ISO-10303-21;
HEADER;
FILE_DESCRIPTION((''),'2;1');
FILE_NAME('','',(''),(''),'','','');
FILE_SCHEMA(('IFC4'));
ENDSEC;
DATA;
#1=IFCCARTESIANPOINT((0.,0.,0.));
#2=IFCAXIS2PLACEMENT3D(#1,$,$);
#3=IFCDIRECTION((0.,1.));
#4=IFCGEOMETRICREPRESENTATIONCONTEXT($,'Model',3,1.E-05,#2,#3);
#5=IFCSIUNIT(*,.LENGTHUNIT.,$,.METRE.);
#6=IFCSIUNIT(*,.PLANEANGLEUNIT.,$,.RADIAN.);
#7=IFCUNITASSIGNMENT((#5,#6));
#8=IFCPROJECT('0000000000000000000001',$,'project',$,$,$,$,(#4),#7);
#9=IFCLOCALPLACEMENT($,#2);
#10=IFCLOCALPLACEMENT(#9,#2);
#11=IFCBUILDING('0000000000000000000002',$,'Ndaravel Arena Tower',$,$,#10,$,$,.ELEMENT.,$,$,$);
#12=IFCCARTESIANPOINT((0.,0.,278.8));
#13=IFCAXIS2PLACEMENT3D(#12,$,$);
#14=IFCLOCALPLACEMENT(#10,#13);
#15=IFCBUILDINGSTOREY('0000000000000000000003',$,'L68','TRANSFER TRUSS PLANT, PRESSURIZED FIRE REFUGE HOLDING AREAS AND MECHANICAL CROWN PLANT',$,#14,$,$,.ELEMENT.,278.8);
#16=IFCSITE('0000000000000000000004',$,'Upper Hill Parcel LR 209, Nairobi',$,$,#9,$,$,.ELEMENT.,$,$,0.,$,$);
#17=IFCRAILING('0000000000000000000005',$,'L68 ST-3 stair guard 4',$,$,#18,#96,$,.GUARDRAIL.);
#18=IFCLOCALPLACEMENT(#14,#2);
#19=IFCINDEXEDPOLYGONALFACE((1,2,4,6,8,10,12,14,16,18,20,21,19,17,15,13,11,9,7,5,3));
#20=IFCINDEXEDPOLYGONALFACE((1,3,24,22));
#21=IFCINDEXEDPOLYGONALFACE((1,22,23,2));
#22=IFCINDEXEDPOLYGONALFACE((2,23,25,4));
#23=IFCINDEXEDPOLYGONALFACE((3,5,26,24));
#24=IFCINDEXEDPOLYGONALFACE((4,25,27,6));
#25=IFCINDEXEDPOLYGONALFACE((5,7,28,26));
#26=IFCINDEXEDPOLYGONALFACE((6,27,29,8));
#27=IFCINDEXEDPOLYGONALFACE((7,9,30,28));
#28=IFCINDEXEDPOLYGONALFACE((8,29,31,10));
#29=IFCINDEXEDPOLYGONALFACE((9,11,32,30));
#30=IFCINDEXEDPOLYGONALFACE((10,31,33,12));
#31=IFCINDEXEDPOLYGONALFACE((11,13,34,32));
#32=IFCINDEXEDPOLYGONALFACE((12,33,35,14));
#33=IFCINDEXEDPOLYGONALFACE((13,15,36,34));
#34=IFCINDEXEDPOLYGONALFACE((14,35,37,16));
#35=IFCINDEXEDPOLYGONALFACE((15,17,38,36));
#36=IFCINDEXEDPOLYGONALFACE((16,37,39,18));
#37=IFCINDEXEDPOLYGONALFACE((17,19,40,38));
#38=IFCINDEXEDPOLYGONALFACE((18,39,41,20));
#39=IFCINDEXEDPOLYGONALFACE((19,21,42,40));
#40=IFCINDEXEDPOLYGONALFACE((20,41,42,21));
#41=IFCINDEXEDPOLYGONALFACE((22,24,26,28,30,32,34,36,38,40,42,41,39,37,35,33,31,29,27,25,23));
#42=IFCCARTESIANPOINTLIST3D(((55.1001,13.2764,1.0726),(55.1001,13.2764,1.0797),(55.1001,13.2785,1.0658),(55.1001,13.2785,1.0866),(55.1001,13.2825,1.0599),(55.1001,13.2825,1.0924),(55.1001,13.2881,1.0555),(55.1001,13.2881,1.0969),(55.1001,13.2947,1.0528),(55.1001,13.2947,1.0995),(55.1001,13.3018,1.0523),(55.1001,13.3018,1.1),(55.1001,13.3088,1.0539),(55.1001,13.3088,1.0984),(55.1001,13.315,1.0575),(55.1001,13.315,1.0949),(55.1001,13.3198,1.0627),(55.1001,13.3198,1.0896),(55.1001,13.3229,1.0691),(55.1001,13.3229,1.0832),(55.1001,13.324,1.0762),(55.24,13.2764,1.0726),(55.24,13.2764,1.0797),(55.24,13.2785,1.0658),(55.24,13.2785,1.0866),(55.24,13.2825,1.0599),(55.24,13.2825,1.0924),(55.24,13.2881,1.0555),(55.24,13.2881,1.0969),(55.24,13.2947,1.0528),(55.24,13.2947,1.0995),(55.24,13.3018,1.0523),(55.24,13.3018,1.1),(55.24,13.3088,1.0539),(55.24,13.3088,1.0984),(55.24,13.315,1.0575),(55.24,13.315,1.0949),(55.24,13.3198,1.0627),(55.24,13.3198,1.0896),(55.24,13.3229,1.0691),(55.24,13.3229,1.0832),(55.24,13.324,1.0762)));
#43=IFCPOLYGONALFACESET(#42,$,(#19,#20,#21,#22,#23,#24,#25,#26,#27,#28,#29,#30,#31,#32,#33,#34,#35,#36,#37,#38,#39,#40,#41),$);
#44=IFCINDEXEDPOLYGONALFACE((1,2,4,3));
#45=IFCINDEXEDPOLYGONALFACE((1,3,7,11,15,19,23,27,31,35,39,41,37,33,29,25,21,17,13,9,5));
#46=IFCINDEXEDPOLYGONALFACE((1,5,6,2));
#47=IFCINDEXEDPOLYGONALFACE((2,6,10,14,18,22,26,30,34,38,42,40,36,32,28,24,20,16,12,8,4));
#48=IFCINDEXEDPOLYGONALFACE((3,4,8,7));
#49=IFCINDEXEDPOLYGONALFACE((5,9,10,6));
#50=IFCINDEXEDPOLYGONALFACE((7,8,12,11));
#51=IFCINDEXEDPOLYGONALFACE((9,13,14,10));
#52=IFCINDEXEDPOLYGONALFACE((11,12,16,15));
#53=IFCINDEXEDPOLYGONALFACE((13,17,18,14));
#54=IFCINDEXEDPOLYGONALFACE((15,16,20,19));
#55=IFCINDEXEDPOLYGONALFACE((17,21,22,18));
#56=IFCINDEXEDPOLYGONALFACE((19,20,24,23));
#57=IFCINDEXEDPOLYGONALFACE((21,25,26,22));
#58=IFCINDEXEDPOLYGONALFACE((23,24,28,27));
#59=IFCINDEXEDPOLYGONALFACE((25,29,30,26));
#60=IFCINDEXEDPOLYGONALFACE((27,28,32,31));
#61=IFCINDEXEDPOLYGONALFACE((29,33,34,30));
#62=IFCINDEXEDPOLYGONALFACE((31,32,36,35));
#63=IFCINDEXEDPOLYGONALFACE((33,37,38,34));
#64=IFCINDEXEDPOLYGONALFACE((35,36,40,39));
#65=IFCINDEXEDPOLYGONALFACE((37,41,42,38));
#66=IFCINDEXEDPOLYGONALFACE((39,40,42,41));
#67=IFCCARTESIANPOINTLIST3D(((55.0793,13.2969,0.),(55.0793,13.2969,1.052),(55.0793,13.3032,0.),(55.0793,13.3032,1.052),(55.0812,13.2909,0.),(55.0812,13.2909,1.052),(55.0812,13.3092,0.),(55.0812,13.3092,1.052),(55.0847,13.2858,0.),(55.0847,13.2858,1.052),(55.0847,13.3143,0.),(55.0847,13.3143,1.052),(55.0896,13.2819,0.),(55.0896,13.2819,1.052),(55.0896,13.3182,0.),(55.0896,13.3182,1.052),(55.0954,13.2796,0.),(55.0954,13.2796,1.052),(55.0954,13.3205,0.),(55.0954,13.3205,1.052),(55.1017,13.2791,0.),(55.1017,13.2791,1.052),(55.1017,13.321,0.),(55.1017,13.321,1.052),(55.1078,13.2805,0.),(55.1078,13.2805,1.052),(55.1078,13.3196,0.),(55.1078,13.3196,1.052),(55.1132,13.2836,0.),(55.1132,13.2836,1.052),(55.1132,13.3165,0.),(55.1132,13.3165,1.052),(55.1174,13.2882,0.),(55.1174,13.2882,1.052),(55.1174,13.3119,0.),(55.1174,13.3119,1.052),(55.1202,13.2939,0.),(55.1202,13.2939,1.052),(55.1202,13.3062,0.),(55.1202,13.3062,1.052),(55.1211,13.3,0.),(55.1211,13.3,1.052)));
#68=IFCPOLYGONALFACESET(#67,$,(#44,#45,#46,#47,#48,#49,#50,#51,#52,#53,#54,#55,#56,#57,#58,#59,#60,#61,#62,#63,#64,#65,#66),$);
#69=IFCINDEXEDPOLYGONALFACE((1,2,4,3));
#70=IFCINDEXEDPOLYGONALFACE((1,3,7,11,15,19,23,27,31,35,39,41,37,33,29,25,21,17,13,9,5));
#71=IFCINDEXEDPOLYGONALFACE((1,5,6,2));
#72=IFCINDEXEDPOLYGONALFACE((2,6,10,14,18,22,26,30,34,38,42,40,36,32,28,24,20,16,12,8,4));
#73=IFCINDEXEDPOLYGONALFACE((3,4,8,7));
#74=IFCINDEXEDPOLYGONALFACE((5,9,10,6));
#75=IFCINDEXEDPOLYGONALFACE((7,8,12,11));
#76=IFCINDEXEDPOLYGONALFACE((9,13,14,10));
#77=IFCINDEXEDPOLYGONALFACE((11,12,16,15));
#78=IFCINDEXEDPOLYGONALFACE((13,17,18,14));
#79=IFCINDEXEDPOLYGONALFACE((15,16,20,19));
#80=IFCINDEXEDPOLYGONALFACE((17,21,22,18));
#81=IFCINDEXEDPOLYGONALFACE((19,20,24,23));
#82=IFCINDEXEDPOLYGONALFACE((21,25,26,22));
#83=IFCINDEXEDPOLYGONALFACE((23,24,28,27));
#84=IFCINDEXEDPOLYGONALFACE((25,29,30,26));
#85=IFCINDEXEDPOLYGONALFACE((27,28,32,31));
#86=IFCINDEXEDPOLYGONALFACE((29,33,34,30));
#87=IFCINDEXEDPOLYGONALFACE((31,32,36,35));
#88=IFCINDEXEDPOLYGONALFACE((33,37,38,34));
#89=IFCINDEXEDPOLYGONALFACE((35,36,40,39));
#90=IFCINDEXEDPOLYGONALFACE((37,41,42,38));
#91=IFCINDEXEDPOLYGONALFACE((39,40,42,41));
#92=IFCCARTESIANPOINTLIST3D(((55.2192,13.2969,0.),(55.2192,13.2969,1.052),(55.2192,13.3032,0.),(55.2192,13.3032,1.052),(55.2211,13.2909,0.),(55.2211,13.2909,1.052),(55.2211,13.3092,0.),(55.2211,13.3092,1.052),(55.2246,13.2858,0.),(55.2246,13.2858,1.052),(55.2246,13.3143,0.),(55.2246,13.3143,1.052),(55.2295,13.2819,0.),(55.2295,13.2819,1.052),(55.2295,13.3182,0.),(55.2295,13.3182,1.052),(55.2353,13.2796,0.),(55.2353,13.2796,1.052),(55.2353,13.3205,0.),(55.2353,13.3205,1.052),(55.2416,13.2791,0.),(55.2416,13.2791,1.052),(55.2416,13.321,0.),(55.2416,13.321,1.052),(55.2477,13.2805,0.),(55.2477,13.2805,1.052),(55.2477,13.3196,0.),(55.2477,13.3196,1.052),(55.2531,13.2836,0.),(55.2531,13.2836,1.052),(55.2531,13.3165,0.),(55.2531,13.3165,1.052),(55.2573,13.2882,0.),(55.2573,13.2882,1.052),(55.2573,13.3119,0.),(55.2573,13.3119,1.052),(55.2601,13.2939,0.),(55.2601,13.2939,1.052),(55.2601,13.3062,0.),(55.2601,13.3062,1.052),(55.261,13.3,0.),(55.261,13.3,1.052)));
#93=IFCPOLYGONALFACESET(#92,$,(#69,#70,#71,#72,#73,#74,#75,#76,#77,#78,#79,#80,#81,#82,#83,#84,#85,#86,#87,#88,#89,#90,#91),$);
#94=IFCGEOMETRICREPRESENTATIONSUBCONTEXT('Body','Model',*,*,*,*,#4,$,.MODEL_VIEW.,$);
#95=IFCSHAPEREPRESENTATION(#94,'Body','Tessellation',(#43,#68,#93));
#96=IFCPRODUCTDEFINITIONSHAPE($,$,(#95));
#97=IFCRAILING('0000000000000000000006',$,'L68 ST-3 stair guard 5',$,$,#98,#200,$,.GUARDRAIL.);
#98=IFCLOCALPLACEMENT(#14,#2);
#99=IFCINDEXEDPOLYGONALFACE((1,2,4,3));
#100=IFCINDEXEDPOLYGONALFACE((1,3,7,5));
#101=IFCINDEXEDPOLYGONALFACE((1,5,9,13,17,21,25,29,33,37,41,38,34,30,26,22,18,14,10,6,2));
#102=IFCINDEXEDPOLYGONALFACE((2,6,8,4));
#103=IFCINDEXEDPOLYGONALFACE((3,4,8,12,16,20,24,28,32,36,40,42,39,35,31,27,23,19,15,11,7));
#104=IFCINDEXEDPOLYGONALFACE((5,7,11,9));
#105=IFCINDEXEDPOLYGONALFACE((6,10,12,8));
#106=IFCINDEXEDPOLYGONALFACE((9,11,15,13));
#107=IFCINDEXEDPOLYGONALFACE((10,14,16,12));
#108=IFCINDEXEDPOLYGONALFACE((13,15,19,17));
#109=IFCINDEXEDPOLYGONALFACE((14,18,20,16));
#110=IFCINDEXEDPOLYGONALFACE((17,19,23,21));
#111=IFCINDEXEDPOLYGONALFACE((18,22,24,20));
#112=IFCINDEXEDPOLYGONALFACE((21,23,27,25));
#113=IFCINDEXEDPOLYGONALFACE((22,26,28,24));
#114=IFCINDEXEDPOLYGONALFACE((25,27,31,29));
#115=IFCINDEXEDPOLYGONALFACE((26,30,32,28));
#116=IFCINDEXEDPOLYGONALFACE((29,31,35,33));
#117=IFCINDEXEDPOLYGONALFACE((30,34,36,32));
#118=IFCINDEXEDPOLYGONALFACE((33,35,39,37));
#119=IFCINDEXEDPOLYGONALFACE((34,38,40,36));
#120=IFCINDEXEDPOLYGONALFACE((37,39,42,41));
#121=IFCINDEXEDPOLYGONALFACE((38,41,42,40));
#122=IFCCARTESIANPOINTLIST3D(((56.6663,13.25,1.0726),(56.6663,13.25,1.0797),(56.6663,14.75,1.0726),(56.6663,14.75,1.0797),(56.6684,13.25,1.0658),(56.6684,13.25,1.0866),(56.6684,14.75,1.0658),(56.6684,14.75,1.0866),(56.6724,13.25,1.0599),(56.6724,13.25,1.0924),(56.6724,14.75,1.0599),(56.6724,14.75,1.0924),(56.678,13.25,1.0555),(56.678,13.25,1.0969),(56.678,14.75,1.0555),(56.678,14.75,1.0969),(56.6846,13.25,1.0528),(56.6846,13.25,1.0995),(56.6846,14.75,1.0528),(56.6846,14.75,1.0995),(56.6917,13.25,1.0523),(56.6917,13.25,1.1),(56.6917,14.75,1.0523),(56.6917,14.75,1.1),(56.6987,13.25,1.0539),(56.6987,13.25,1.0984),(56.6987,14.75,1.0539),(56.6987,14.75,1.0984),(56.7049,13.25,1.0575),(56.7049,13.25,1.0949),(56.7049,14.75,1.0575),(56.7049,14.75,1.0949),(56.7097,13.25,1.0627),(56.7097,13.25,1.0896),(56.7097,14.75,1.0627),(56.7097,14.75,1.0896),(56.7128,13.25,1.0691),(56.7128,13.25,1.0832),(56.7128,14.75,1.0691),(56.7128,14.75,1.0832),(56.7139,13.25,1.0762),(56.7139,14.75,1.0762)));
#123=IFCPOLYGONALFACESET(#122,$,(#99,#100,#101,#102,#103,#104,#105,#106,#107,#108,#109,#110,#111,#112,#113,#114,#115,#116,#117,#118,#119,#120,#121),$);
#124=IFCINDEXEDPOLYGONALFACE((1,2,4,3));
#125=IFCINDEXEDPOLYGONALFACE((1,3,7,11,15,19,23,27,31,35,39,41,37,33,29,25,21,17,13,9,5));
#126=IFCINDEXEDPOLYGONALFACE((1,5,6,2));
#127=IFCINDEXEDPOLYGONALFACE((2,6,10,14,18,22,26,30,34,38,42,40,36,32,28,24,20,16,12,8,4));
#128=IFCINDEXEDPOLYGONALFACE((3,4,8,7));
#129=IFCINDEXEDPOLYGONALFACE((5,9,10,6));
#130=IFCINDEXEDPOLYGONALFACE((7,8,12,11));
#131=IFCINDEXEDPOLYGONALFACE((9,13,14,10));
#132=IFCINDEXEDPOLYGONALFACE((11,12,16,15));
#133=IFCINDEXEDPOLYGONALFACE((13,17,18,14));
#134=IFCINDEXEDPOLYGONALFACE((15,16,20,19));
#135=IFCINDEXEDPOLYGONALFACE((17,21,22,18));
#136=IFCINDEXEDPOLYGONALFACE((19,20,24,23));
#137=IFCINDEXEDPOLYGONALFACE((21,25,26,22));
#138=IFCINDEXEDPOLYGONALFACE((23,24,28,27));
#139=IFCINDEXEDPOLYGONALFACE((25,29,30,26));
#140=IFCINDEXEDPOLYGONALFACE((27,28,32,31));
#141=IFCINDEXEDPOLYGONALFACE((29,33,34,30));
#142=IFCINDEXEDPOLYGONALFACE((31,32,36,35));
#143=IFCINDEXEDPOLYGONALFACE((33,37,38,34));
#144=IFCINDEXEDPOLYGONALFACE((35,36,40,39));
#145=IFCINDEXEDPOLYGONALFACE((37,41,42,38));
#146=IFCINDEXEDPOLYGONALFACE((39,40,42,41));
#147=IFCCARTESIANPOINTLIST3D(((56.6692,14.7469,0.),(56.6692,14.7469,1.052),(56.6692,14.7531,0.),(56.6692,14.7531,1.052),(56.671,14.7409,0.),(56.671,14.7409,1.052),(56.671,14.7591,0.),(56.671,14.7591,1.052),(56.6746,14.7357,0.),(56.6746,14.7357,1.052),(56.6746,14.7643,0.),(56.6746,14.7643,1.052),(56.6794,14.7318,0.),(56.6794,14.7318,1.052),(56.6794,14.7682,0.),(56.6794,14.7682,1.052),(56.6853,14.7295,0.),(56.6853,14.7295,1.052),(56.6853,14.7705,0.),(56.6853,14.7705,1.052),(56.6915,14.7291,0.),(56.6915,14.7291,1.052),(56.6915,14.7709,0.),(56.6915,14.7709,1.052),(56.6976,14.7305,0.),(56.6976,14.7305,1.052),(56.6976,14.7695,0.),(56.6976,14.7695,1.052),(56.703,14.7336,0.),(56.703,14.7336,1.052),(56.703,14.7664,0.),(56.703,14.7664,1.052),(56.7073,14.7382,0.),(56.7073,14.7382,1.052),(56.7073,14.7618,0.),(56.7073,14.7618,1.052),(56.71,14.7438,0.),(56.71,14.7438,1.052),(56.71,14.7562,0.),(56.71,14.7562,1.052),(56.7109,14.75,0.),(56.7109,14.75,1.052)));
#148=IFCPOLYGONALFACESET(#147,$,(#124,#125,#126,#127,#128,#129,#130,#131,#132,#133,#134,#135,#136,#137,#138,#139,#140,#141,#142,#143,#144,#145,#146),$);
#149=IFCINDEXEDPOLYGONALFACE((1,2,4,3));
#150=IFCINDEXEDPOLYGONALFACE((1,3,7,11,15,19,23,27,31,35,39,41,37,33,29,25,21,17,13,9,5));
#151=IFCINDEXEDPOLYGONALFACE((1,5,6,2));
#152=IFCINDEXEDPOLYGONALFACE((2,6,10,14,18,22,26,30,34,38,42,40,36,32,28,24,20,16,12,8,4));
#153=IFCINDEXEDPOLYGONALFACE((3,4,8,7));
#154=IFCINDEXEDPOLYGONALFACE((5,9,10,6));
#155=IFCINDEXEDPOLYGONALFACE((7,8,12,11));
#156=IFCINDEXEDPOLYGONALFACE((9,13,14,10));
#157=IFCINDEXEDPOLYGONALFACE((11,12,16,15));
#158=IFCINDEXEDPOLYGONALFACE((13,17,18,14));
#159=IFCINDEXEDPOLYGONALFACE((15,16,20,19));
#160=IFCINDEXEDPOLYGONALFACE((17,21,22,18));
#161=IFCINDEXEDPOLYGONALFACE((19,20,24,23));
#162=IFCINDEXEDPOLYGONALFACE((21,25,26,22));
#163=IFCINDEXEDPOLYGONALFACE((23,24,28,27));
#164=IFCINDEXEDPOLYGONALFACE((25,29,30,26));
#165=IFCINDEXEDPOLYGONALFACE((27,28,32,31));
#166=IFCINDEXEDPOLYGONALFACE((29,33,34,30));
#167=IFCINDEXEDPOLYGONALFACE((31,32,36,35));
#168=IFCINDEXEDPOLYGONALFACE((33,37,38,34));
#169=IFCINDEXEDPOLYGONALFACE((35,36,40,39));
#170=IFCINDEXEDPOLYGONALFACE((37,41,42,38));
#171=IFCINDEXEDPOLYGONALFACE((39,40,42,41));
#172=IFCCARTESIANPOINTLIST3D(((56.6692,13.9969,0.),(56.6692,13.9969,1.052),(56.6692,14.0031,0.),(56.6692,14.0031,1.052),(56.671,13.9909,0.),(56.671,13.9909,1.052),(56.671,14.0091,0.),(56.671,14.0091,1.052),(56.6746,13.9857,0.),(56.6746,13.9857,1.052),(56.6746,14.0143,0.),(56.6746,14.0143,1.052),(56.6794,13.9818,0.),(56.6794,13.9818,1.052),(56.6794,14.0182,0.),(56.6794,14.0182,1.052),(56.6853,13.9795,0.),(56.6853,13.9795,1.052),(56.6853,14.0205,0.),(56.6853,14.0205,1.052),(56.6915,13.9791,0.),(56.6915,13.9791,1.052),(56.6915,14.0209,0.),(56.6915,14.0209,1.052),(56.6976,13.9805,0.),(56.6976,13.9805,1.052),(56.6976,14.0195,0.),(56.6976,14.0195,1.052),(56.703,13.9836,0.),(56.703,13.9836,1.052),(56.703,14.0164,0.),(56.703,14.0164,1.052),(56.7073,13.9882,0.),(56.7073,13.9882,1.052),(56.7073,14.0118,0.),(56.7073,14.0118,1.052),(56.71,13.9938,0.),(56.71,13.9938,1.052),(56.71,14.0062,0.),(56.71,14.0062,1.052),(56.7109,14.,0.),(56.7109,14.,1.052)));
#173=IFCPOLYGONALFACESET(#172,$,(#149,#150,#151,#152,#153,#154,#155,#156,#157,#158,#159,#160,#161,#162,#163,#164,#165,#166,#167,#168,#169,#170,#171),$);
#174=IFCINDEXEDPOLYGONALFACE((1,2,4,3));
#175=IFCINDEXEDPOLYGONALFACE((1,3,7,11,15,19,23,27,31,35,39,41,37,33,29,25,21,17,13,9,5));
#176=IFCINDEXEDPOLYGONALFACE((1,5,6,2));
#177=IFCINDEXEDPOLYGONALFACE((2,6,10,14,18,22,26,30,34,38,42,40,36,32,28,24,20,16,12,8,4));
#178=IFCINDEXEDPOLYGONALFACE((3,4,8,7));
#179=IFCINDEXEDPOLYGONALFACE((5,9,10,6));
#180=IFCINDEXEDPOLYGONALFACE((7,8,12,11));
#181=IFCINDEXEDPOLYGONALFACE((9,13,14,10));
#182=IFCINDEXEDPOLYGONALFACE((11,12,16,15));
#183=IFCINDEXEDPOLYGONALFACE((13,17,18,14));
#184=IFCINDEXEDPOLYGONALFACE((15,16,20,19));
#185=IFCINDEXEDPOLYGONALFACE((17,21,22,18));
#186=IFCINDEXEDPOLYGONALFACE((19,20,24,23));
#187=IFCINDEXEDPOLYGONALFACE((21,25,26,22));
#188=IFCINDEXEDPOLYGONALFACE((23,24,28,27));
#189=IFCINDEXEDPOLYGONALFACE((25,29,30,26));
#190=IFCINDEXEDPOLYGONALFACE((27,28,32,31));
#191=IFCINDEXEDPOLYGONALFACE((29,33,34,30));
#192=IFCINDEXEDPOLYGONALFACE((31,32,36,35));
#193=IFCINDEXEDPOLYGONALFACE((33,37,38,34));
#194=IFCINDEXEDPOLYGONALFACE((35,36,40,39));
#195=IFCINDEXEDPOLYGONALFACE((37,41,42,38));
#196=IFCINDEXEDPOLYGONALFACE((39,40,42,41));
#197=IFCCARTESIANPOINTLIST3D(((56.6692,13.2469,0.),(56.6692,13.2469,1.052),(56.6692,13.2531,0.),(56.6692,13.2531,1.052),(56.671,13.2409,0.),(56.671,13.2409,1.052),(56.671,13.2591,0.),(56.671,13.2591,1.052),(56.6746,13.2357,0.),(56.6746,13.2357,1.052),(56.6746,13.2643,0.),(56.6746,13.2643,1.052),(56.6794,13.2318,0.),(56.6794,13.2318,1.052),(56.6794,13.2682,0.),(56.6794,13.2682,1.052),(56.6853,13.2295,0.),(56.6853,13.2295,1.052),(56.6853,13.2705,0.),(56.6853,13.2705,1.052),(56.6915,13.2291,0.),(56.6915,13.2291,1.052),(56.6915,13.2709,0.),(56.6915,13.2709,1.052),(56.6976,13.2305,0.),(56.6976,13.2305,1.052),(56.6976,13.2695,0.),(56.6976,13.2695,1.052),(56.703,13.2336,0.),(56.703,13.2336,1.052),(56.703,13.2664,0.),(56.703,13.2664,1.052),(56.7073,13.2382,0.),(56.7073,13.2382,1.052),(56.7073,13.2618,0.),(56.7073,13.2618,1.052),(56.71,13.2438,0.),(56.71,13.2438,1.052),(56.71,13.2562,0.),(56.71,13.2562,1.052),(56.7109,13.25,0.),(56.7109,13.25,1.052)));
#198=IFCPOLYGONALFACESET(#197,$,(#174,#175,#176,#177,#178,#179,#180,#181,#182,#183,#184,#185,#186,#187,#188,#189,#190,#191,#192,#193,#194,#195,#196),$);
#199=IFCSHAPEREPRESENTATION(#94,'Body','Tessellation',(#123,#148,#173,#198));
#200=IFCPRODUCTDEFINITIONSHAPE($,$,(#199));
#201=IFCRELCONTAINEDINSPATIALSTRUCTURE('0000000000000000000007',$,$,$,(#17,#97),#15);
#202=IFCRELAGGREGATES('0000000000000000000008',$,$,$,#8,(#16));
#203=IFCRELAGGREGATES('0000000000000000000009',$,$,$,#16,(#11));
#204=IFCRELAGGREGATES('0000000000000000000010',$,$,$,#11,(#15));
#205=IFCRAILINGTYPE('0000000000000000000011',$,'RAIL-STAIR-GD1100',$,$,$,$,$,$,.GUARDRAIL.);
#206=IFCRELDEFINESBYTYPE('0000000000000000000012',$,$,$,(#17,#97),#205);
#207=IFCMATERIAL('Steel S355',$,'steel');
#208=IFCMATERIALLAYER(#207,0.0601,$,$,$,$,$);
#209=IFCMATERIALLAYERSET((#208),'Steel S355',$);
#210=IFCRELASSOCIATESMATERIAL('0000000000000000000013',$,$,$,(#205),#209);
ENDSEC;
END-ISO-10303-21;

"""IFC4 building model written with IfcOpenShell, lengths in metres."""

from ifc_helpers import new_model, si_unit, direction, frame, origin, origin_2d, place, context, subcontext, project, spatial, circle, extrude, material, layer, layer_set, type_object, element, save


model = new_model("IFC4")

# Units and contexts
model_context = context("Model", 3, precision=1e-05, world=origin(), true_north=direction((0.0, 1.0)))
body_context = subcontext(model_context, "Body", "Model", "MODEL_VIEW")
ifc_project = project(units=[si_unit("LENGTHUNIT", "METRE"), si_unit("PLANEANGLEUNIT", "RADIAN")], contexts=[model_context])

# Site, building, storey
site_placement = place(None, origin())
site = spatial("IfcSite", under=ifc_project, at=site_placement, Name="Upper Hill Parcel LR 209, Nairobi", CompositionType="ELEMENT", RefElevation=0.0)
building_placement = place(site_placement, origin())
building = spatial("IfcBuilding", under=site, at=building_placement, Name="Ndaravel Arena Tower", CompositionType="ELEMENT")
storey_placement = place(building_placement, frame((0.0, 0.0, 278.8)))
storey = spatial("IfcBuildingStorey", under=building, at=storey_placement, Name="L68", Description="TRANSFER TRUSS PLANT, PRESSURIZED FIRE REFUGE HOLDING AREAS AND MECHANICAL CROWN PLANT", CompositionType="ELEMENT", Elevation=278.8)

# Railings
ifc_material_1 = material(Name="Steel S355", Category="steel")
ifc_layer_1 = layer(ifc_material_1, 0.0601)
ifc_layer_set_1 = layer_set([ifc_layer_1], Name="Steel S355")
railing_type_1 = type_object("IfcRailingType", Name="RAIL-STAIR-GD1100", PredefinedType="GUARDRAIL", material=ifc_layer_set_1)
railing_1_placement = place(storey_placement, frame((55.1001, 13.3, 0.0)))
element("IfcRailing", 1, at=railing_1_placement, inside=storey, type_object=railing_type_1, Name="L68 ST-3 stair guard 4", PredefinedType="GUARDRAIL", context=body_context, shape_type="SweptSolid", body=[
    extrude(circle(Radius=0.0239, at=origin_2d()), frame((0.0, 0.0, 1.0762), z_axis=(1.0, 0.0, 0.0), x_axis=(0.0, 1.0, 0.0)), (0.0, 0.0, 1.0), 0.1399),
    extrude(circle(Radius=0.021, at=origin_2d()), origin(), (0.0, 0.0, 1.0), 1.052),
    extrude(circle(Radius=0.021, at=origin_2d()), frame((0.1399, 0.0, 0.0)), (0.0, 0.0, 1.0), 1.052),
])
railing_2_placement = place(storey_placement, frame((56.6899, 14.75, 0.0)))
element("IfcRailing", 2, at=railing_2_placement, inside=storey, type_object=railing_type_1, Name="L68 ST-3 stair guard 5", PredefinedType="GUARDRAIL", context=body_context, shape_type="SweptSolid", body=[
    extrude(circle(Radius=0.0239, at=origin_2d()), frame((0.0, 0.0, 1.0762), z_axis=(0.0, -1.0, 0.0), x_axis=(1.0, 0.0, 0.0)), (0.0, 0.0, 1.0), 1.5),
    extrude(circle(Radius=0.021, at=origin_2d()), origin(), (0.0, 0.0, 1.0), 1.052),
    extrude(circle(Radius=0.021, at=origin_2d()), frame((0.0, -0.75, 0.0)), (0.0, 0.0, 1.0), 1.052),
    extrude(circle(Radius=0.021, at=origin_2d()), frame((0.0, -1.5, 0.0)), (0.0, 0.0, 1.0), 1.052),
])

save(model, "model.ifc")
